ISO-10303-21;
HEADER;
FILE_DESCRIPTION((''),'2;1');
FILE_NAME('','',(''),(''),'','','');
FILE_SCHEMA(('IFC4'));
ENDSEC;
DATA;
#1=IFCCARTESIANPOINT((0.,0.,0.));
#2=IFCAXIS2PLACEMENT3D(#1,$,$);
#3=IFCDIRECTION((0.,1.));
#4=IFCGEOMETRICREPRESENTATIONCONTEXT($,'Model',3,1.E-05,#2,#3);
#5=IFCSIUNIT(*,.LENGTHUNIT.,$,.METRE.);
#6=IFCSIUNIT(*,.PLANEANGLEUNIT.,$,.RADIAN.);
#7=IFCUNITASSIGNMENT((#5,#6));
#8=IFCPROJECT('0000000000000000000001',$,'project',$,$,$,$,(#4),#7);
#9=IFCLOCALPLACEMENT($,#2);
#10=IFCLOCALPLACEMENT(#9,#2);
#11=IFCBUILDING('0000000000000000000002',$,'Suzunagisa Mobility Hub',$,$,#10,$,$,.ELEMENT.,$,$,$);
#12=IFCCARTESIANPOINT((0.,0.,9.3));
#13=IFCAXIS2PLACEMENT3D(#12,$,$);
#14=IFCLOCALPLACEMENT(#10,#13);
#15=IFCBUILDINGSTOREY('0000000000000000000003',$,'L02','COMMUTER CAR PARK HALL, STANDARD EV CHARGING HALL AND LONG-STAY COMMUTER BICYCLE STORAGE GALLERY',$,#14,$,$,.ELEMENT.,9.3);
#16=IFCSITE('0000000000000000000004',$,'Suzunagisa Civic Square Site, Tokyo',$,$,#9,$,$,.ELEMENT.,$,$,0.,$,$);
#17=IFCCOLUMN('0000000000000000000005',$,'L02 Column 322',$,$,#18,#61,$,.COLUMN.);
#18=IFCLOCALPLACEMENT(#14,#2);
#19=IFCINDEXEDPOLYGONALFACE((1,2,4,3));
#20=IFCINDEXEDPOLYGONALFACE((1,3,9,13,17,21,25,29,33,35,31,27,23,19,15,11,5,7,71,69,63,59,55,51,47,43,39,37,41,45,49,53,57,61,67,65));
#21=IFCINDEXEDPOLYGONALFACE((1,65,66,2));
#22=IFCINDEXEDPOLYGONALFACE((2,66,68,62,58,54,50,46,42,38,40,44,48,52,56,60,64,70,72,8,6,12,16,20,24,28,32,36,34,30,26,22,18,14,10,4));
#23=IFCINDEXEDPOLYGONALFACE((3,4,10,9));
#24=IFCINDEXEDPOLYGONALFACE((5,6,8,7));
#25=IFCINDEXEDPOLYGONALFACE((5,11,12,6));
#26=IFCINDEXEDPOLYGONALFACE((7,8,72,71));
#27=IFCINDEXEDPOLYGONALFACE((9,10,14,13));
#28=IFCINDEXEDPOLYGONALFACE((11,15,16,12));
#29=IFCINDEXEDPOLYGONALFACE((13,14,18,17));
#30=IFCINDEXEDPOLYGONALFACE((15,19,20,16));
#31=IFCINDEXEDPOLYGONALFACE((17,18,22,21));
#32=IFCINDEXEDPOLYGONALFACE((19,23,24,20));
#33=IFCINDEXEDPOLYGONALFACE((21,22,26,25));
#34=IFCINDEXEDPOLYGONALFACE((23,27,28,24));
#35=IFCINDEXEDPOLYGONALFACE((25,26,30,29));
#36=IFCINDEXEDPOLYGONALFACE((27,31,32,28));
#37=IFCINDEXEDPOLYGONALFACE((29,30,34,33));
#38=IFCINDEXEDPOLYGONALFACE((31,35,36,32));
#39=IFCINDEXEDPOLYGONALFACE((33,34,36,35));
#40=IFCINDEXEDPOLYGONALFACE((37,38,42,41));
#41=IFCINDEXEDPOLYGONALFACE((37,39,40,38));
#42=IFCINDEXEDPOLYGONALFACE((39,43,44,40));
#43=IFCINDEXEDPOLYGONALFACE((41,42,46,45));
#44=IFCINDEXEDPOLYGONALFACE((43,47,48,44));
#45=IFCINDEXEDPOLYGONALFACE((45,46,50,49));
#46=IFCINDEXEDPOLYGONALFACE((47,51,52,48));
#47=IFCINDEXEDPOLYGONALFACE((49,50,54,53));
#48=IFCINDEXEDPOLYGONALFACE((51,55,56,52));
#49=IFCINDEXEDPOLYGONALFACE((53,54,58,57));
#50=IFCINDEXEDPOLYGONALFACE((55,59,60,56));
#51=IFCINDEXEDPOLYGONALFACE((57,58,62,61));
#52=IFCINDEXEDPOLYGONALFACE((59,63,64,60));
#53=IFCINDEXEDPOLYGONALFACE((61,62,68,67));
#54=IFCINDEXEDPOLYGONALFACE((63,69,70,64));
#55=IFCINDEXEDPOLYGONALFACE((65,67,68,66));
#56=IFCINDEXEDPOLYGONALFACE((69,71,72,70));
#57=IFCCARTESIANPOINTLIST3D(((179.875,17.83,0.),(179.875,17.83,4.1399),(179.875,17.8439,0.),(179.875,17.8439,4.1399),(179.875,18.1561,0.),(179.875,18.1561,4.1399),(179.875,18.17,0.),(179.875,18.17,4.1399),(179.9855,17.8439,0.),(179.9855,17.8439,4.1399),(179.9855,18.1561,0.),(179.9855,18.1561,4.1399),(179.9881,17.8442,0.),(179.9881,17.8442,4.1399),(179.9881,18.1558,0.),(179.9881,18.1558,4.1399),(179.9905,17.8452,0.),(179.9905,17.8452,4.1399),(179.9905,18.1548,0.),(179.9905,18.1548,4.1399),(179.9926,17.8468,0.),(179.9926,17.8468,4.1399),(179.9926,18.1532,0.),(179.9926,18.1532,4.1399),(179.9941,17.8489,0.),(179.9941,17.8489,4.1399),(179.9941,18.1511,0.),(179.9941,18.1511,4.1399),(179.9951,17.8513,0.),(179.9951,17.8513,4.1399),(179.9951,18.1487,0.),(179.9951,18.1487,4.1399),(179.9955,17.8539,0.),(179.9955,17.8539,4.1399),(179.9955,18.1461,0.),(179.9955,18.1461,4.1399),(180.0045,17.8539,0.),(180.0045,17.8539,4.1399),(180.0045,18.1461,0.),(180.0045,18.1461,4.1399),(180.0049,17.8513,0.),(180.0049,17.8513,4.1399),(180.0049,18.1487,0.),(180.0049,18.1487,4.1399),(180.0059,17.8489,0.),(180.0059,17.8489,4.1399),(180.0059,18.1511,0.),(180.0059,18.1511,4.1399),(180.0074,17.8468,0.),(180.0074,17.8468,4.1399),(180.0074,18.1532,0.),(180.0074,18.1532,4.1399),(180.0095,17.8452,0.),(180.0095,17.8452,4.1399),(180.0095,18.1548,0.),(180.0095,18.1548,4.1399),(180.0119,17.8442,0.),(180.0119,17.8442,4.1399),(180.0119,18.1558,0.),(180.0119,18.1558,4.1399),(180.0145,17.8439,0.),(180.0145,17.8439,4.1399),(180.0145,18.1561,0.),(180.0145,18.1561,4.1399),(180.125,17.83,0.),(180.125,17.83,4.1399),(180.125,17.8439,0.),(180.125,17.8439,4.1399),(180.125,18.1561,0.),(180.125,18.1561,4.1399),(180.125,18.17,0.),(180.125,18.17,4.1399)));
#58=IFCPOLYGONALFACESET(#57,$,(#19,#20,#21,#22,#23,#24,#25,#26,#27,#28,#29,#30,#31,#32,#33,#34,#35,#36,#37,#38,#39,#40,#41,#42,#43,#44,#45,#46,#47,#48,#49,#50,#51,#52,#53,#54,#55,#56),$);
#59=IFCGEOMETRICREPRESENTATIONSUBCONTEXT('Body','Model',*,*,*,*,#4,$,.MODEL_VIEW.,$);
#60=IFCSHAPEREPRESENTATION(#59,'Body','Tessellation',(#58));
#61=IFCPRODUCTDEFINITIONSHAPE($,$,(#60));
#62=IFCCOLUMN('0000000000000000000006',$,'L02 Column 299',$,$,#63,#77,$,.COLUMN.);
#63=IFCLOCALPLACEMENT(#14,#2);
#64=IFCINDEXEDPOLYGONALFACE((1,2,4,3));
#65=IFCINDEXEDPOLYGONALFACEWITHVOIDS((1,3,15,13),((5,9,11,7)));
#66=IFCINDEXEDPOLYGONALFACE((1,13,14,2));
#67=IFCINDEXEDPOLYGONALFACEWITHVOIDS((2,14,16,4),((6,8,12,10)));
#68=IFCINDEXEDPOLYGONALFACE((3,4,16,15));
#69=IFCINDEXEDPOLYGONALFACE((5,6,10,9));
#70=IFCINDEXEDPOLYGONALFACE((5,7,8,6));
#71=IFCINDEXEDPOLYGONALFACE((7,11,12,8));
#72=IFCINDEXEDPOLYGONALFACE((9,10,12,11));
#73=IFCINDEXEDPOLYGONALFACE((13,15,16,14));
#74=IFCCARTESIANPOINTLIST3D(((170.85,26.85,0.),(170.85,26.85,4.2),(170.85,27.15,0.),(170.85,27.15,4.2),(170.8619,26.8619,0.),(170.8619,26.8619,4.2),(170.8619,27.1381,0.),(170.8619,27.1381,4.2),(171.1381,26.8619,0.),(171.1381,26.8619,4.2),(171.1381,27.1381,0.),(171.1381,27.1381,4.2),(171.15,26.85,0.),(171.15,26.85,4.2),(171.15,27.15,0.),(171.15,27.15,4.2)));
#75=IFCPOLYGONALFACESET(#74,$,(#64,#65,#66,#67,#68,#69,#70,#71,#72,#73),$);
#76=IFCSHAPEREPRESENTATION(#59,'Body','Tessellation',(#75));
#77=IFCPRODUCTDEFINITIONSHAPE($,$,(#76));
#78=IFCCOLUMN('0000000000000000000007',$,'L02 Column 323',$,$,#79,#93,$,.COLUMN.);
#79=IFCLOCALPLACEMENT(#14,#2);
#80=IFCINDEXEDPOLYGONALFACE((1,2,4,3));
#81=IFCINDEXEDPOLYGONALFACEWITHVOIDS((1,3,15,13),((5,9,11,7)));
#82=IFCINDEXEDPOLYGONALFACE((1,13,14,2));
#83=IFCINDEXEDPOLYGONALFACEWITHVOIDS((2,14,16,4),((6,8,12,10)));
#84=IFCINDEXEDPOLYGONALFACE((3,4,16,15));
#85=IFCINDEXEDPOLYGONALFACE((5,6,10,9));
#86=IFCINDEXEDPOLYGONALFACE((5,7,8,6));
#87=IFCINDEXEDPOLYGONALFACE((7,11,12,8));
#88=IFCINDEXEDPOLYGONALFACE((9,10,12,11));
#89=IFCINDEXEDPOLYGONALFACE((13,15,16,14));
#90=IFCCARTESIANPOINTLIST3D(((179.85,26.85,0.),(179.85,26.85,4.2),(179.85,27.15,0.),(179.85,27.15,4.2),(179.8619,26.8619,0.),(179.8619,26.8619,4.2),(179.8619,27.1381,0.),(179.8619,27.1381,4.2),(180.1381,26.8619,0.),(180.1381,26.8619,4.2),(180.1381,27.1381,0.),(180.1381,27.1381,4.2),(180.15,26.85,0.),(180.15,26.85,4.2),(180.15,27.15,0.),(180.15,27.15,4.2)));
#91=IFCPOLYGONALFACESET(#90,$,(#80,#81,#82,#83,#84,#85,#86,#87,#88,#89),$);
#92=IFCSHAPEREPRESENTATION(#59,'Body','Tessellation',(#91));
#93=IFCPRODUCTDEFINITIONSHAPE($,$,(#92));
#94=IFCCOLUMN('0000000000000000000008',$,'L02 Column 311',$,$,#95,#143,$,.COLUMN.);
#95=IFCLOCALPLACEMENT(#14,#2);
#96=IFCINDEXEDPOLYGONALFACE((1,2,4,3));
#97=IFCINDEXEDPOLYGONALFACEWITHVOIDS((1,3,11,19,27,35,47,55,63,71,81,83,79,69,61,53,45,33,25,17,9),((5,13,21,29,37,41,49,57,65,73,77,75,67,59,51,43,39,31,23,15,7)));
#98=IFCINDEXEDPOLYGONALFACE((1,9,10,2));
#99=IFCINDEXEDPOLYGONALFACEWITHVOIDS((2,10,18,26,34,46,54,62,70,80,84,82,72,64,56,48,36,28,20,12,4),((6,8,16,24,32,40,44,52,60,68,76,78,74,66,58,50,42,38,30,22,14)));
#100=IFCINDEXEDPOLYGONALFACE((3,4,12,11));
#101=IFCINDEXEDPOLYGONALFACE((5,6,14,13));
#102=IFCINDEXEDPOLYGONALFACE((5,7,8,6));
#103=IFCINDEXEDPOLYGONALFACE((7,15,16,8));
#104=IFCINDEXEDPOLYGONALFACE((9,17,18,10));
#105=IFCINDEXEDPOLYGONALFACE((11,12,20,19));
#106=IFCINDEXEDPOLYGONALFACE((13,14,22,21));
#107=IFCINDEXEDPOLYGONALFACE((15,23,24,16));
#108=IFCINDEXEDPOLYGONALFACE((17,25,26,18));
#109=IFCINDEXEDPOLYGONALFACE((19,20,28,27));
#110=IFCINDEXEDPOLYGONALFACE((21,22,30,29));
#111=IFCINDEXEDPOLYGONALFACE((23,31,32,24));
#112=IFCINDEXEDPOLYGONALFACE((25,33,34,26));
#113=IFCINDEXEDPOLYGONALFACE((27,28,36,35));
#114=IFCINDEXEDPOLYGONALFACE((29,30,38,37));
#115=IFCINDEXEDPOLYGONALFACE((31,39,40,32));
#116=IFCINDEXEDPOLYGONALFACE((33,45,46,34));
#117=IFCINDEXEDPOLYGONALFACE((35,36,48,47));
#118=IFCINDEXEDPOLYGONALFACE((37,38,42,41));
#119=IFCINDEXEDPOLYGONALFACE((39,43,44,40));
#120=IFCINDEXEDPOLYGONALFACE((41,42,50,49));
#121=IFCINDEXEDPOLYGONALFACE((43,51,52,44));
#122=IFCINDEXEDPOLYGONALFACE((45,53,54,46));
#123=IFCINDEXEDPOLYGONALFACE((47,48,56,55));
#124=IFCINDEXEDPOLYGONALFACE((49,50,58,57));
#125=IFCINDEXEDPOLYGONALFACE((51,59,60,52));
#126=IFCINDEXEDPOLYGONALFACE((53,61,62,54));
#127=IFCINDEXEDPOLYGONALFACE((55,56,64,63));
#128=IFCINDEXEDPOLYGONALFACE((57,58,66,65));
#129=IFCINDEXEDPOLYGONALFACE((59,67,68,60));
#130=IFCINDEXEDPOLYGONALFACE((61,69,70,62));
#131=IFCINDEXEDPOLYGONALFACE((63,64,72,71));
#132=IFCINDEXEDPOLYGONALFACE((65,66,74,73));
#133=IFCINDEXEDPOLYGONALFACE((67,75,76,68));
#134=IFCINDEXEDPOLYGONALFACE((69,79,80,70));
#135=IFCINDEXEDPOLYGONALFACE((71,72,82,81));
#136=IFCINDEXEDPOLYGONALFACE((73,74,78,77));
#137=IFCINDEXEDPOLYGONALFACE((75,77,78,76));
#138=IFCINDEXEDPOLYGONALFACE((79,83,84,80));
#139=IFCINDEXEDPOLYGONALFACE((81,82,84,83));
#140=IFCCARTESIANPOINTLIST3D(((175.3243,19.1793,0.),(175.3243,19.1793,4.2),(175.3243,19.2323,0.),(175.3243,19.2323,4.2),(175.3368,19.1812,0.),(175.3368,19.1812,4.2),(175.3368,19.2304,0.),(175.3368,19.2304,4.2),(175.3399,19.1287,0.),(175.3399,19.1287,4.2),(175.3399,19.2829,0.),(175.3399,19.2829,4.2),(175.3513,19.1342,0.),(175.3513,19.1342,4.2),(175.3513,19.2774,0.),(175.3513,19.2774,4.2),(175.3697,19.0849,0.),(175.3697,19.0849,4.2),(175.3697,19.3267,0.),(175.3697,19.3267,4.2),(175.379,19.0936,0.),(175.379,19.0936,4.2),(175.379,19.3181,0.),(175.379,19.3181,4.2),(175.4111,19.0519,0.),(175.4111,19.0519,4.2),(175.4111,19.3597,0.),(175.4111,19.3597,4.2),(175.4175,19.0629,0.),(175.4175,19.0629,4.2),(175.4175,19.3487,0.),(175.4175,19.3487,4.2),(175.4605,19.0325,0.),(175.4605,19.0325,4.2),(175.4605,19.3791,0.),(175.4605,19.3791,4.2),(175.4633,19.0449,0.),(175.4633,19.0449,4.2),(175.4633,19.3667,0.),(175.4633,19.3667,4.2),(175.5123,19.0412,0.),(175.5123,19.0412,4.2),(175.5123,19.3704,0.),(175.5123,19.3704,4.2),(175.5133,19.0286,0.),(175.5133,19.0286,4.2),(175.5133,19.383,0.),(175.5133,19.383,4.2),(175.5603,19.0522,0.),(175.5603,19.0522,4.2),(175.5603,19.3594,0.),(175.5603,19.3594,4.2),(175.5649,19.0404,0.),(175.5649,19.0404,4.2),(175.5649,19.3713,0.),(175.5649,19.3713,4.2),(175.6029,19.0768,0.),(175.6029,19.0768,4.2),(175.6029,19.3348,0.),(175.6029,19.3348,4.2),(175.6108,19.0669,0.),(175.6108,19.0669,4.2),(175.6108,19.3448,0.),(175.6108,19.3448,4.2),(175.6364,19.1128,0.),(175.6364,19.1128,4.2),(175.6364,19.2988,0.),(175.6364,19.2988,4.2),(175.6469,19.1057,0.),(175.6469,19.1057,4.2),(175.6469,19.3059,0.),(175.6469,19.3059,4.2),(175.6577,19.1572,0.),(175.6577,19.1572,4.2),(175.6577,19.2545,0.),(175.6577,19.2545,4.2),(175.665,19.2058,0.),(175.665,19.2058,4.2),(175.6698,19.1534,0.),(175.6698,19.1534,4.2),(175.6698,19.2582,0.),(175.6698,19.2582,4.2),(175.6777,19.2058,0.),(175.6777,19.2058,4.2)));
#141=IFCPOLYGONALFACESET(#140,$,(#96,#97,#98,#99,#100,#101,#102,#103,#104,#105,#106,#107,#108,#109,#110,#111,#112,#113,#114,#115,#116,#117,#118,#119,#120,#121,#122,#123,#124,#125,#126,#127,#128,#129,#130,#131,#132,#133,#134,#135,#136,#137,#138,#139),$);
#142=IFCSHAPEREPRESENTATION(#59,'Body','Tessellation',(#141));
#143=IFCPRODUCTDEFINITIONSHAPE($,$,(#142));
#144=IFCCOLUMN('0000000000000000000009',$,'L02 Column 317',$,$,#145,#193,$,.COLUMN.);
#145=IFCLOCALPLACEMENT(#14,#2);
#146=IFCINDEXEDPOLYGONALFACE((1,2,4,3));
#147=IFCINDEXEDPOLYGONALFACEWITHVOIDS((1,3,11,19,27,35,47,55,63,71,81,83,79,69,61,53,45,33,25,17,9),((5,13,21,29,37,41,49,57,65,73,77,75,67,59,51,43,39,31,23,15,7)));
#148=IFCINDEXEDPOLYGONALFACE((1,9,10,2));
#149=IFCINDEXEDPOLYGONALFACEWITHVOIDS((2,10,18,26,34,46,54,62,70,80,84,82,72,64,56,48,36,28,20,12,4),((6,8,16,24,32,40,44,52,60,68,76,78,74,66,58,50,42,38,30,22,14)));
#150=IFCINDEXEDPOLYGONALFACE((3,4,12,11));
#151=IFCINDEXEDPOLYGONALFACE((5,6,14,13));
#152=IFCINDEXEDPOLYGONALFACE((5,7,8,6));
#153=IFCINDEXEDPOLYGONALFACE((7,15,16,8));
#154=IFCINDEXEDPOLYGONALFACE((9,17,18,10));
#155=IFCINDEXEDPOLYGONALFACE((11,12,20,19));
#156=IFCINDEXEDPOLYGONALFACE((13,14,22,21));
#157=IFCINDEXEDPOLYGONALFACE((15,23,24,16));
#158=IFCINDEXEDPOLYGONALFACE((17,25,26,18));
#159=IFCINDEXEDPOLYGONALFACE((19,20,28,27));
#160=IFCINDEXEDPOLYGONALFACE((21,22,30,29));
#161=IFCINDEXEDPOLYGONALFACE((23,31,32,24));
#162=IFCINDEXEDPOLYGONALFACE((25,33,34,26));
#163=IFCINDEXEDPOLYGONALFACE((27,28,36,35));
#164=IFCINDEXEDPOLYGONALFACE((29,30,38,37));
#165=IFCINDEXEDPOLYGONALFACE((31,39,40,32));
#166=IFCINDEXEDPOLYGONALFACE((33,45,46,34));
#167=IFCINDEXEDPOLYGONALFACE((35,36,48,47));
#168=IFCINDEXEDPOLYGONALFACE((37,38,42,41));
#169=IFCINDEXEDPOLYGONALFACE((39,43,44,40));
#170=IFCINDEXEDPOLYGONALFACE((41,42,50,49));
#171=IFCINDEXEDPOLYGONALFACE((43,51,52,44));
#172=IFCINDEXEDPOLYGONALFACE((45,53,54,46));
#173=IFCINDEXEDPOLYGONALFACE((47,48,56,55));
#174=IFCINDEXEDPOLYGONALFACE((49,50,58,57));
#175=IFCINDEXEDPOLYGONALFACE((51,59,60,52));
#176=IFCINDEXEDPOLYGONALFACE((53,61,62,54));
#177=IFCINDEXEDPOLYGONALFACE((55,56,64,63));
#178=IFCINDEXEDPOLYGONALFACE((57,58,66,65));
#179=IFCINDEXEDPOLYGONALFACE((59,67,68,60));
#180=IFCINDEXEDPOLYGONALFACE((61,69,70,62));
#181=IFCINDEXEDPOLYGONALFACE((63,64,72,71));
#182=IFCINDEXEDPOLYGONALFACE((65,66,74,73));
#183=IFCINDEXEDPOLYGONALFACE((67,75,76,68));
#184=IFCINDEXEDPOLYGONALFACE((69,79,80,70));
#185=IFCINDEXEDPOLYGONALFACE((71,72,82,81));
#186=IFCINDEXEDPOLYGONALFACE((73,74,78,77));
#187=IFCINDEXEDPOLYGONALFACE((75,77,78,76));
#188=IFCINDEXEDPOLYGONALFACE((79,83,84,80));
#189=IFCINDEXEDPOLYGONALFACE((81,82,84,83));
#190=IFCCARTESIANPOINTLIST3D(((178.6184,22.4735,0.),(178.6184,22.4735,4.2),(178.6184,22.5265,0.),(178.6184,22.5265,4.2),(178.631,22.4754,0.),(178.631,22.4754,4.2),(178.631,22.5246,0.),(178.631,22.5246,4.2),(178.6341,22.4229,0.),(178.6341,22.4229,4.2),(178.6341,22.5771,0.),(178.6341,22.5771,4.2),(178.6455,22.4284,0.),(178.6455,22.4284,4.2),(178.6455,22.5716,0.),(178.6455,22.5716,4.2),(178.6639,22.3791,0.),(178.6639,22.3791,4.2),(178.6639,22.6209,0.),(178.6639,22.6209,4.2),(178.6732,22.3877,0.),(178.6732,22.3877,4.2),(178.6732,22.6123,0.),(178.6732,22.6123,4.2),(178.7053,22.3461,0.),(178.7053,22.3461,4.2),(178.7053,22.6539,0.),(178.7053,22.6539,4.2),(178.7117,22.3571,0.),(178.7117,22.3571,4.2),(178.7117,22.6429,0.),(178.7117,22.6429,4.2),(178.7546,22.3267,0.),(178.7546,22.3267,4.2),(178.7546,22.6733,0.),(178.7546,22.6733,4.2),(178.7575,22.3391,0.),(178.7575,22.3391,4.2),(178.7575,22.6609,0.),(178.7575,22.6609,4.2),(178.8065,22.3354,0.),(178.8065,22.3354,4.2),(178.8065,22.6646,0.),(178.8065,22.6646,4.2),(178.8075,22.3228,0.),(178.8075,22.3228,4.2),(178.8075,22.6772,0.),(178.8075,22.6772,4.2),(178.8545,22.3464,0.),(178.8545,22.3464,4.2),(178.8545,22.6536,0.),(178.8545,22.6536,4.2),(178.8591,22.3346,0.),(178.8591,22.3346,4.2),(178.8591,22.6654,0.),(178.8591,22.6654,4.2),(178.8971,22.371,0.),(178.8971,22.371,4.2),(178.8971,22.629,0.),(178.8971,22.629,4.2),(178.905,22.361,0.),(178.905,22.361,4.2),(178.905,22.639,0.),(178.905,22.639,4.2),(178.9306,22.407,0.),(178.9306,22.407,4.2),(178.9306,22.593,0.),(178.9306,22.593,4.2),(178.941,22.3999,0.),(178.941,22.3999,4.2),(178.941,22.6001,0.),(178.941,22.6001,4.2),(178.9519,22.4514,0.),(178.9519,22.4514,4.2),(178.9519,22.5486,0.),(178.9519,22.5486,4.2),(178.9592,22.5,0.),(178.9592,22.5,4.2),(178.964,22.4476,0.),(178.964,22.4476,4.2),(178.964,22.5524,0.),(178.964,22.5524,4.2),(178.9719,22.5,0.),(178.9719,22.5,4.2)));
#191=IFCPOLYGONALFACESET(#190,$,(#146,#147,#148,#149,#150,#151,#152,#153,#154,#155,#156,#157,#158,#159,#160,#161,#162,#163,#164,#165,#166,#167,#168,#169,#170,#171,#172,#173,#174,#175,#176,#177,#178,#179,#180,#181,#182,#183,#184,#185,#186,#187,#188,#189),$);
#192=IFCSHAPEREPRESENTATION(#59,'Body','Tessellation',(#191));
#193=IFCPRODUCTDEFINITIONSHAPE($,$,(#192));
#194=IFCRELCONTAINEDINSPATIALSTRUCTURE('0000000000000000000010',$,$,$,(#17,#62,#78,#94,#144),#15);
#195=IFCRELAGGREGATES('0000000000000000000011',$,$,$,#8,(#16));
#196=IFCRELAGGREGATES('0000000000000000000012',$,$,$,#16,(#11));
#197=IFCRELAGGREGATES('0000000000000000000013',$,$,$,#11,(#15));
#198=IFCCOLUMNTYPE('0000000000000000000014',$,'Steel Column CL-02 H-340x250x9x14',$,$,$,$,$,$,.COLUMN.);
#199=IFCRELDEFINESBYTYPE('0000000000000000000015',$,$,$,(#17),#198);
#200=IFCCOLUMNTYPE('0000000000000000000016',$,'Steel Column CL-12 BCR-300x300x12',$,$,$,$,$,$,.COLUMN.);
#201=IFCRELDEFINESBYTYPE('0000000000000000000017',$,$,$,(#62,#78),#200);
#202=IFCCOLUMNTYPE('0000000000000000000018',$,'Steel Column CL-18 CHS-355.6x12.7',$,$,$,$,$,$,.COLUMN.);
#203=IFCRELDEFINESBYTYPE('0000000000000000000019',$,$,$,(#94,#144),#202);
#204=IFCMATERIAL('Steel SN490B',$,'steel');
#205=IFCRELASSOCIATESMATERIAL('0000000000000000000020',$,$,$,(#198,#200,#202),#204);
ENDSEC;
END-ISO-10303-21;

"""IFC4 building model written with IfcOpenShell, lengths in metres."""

from ifc_helpers import new_model, si_unit, direction, frame, origin, origin_2d, place, context, subcontext, project, spatial, hollow_rectangle, hollow_circle, i_section, extrude, material, material_profile, profile_set, type_object, element, save


model = new_model("IFC4")

# Units and contexts
model_context = context("Model", 3, precision=1e-05, world=origin(), true_north=direction((0.0, 1.0)))
body_context = subcontext(model_context, "Body", "Model", "MODEL_VIEW")
ifc_project = project(units=[si_unit("LENGTHUNIT", "METRE"), si_unit("PLANEANGLEUNIT", "RADIAN")], contexts=[model_context])

# Site, building, storey
site_placement = place(None, origin())
site = spatial("IfcSite", under=ifc_project, at=site_placement, Name="Suzunagisa Civic Square Site, Tokyo", CompositionType="ELEMENT", RefElevation=0.0)
building_placement = place(site_placement, origin())
building = spatial("IfcBuilding", under=site, at=building_placement, Name="Suzunagisa Mobility Hub", CompositionType="ELEMENT")
storey_placement = place(building_placement, frame((0.0, 0.0, 9.3)))
storey = spatial("IfcBuildingStorey", under=building, at=storey_placement, Name="L02", Description="COMMUTER CAR PARK HALL, STANDARD EV CHARGING HALL AND LONG-STAY COMMUTER BICYCLE STORAGE GALLERY", CompositionType="ELEMENT", Elevation=9.3)

# Columns
ifc_material_1 = material(Name="Steel SN490B", Category="steel")
ifc_material_profile_1 = material_profile(ifc_material_1, i_section(OverallWidth=0.25, OverallDepth=0.3401, WebThickness=0.009, FlangeThickness=0.0139, FilletRadius=0.01, at=origin_2d()), Name="H-340x250x9x14")
ifc_profile_set_1 = profile_set([ifc_material_profile_1], Name="Steel SN490B")
column_type_1 = type_object("IfcColumnType", Name="Steel Column CL-02 H-340x250x9x14", PredefinedType="COLUMN", material=ifc_profile_set_1)
column_placement = place(storey_placement, frame((180.0, 18.0, 0.0), z_axis=(0.0, 0.0, 1.0), x_axis=(1.0, 0.0, 0.0)))
element("IfcColumn", 1, at=column_placement, inside=storey, type_object=column_type_1, Name="L02 Column 322", PredefinedType="COLUMN", context=body_context, shape_type="SweptSolid", body=[
    extrude(i_section(OverallWidth=0.25, OverallDepth=0.3401, WebThickness=0.009, FlangeThickness=0.0139, FilletRadius=0.01, at=origin_2d()), origin(), (0.0, 0.0, 1.0), 4.1399),
])
ifc_material_profile_2 = material_profile(ifc_material_1, hollow_rectangle(XDim=0.3, YDim=0.3, WallThickness=0.012, at=origin_2d()), Name="BCR-300x300x12")
ifc_profile_set_2 = profile_set([ifc_material_profile_2], Name="Steel SN490B")
column_type_2 = type_object("IfcColumnType", Name="Steel Column CL-12 BCR-300x300x12", PredefinedType="COLUMN", material=ifc_profile_set_2)
for number, where, z_axis, x_axis, name in (
    (2, (171.0, 27.0, 0.0), (0.0, 0.0, 1.0), (1.0, 0.0, 0.0), "L02 Column 299"),
    (3, (180.0, 27.0, 0.0), (0.0, 0.0, 1.0), (1.0, 0.0, 0.0), "L02 Column 323"),
):
    element("IfcColumn", number, at=place(storey_placement, frame(where, z_axis=z_axis, x_axis=x_axis)), inside=storey, type_object=column_type_2, Name=name, PredefinedType="COLUMN", context=body_context, shape_type="SweptSolid", body=[
        extrude(hollow_rectangle(XDim=0.3, YDim=0.3, WallThickness=0.012, at=origin_2d()), origin(), (0.0, 0.0, 1.0), 4.2),
    ])
ifc_material_profile_3 = material_profile(ifc_material_1, hollow_circle(Radius=0.1777, WallThickness=0.0127, at=origin_2d()), Name="CHS-355.6x12.7")
ifc_profile_set_3 = profile_set([ifc_material_profile_3], Name="Steel SN490B")
column_type_3 = type_object("IfcColumnType", Name="Steel Column CL-18 CHS-355.6x12.7", PredefinedType="COLUMN", material=ifc_profile_set_3)
for number, where, z_axis, x_axis, name in (
    (4, (175.5, 19.2058, 0.0), (0.0, 0.0, 1.0), (1.0, 0.0, 0.0), "L02 Column 311"),
    (5, (178.7942, 22.5, 0.0), (0.0, 0.0, 1.0), (1.0, 0.0, 0.0), "L02 Column 317"),
):
    element("IfcColumn", number, at=place(storey_placement, frame(where, z_axis=z_axis, x_axis=x_axis)), inside=storey, type_object=column_type_3, Name=name, PredefinedType="COLUMN", context=body_context, shape_type="SweptSolid", body=[
        extrude(hollow_circle(Radius=0.1777, WallThickness=0.0127, at=origin_2d()), origin(), (0.0, 0.0, 1.0), 4.2),
    ])

save(model, "model.ifc")
